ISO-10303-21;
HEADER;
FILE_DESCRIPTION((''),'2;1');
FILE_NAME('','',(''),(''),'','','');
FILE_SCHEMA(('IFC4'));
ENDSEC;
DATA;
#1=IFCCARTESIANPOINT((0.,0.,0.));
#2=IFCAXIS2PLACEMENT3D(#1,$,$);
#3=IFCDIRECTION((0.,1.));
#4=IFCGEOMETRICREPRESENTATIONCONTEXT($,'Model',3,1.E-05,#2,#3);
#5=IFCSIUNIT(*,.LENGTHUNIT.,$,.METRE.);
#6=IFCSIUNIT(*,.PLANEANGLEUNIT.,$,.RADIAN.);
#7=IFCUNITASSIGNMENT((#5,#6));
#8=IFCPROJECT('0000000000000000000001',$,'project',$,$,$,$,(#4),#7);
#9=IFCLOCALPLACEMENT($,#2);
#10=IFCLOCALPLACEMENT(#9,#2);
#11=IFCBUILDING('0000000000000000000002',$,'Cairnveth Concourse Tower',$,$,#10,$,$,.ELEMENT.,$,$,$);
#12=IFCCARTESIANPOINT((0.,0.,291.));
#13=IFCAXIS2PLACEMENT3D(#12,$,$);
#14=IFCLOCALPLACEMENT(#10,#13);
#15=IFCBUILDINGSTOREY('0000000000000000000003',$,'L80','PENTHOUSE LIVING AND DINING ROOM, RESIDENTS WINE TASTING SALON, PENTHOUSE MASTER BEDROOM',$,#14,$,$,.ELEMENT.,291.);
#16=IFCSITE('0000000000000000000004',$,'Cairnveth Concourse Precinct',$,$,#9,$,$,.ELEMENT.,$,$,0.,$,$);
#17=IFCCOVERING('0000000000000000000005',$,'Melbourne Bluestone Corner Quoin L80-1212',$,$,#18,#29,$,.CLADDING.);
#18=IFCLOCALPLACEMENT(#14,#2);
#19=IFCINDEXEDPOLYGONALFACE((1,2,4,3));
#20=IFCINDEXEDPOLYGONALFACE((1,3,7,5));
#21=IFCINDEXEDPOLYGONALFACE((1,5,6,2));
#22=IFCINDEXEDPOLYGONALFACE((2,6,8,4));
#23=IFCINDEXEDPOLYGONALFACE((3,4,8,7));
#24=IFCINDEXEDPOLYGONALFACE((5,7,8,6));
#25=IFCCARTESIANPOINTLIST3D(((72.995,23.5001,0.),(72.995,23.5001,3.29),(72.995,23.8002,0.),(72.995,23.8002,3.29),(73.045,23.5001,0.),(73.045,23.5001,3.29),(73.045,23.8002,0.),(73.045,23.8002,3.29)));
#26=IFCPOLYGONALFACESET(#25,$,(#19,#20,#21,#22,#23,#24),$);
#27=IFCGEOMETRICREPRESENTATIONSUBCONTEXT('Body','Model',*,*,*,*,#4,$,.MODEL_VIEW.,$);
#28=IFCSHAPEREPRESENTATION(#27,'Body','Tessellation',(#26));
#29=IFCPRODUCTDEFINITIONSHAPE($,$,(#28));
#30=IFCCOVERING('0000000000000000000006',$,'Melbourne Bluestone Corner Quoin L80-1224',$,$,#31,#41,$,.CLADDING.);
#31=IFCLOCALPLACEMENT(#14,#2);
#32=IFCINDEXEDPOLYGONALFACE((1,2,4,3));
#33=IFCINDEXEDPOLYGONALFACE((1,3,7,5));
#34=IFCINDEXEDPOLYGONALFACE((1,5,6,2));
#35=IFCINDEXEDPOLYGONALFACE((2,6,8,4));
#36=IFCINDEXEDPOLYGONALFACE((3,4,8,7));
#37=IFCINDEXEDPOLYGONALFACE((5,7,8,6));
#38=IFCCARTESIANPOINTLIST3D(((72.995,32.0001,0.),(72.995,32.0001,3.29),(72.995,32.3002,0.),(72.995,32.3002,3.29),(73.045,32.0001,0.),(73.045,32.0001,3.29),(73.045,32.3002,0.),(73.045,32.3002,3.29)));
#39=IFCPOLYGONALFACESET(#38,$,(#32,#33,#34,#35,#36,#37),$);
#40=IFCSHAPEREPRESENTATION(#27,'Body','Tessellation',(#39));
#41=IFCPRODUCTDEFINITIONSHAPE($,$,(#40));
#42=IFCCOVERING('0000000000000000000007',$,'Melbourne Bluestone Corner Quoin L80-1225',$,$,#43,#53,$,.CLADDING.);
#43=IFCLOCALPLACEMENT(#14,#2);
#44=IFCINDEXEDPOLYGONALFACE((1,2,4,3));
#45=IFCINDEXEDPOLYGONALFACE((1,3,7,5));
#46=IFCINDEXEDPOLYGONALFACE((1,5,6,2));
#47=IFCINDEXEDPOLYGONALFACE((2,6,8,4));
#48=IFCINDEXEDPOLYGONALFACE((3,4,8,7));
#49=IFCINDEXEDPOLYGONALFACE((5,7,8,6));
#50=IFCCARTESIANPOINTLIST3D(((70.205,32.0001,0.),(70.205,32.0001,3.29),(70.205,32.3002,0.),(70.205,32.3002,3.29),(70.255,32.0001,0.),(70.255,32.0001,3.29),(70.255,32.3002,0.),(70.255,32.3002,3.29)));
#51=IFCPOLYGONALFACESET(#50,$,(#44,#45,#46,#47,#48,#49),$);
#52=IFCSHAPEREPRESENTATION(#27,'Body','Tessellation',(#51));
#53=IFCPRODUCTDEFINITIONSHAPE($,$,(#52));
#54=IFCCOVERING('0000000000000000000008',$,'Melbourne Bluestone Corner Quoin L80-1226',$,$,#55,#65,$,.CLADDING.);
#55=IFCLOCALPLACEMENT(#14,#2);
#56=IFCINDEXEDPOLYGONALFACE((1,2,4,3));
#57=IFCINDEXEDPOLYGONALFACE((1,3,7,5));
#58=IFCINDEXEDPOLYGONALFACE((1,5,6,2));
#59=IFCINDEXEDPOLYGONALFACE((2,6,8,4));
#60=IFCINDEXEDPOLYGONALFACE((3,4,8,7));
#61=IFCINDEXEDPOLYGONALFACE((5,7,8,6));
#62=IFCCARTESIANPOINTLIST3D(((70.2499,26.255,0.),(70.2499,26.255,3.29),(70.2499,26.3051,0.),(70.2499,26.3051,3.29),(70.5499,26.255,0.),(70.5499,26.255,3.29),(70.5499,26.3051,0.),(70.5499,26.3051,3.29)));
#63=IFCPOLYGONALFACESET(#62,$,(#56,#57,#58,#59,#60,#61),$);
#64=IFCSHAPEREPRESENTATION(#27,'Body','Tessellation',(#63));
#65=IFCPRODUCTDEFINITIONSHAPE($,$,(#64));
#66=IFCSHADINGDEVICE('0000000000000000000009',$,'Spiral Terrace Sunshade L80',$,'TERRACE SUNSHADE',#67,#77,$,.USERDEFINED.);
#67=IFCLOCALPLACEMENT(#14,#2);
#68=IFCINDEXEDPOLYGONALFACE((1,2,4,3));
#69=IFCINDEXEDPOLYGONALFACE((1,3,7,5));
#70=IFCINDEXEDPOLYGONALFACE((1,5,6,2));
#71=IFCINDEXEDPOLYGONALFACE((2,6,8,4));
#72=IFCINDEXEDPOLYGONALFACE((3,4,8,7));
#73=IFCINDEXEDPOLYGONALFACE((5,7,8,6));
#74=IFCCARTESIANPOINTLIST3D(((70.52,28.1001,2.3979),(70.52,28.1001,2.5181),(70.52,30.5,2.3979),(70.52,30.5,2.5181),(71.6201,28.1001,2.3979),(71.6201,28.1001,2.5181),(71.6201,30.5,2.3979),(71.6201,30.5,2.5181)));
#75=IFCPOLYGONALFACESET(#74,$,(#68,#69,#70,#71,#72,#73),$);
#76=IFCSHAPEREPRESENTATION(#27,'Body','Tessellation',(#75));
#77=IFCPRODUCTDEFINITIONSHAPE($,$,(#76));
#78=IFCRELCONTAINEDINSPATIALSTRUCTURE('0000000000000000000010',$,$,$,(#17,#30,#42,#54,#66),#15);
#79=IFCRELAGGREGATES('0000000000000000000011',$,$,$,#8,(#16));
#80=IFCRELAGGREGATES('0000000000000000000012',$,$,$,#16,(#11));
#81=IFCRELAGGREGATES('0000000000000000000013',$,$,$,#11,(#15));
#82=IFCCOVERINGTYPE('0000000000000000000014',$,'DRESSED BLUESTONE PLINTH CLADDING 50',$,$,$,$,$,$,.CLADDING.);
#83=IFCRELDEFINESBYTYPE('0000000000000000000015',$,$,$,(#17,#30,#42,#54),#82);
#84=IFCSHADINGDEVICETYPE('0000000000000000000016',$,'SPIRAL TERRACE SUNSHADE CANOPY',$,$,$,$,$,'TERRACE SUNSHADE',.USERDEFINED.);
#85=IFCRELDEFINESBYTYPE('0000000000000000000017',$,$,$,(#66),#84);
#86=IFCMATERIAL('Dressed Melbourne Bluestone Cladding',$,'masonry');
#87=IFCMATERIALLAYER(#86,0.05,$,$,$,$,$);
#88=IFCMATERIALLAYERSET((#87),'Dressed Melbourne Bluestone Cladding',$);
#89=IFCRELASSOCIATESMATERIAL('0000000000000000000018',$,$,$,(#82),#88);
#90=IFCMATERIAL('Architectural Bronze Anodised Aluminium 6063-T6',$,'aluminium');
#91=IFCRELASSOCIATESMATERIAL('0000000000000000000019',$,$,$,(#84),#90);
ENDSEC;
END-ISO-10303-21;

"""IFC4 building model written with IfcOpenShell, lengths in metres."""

from ifc_helpers import new_model, si_unit, direction, frame, frame_2d, origin, origin_2d, place, context, subcontext, project, spatial, rectangle, extrude, material, layer, layer_set, type_object, element, save


model = new_model("IFC4")

# Units and contexts
model_context = context("Model", 3, precision=1e-05, world=origin(), true_north=direction((0.0, 1.0)))
body_context = subcontext(model_context, "Body", "Model", "MODEL_VIEW")
ifc_project = project(units=[si_unit("LENGTHUNIT", "METRE"), si_unit("PLANEANGLEUNIT", "RADIAN")], contexts=[model_context])

# Site, building, storey
site_placement = place(None, origin())
site = spatial("IfcSite", under=ifc_project, at=site_placement, Name="Cairnveth Concourse Precinct", CompositionType="ELEMENT", RefElevation=0.0)
building_placement = place(site_placement, origin())
building = spatial("IfcBuilding", under=site, at=building_placement, Name="Cairnveth Concourse Tower", CompositionType="ELEMENT")
storey_placement = place(building_placement, frame((0.0, 0.0, 291.0)))
storey = spatial("IfcBuildingStorey", under=building, at=storey_placement, Name="L80", Description="PENTHOUSE LIVING AND DINING ROOM, RESIDENTS WINE TASTING SALON, PENTHOUSE MASTER BEDROOM", CompositionType="ELEMENT", Elevation=291.0)

# Shared definitions
ifc_material_1 = material(Name="Dressed Melbourne Bluestone Cladding", Category="masonry")

# Shared definitions
ifc_material_2 = material(Name="Architectural Bronze Anodised Aluminium 6063-T6", Category="aluminium")

# Coverings
ifc_layer_1 = layer(ifc_material_1, 0.05)
ifc_layer_set_1 = layer_set([ifc_layer_1], Name="Dressed Melbourne Bluestone Cladding")
covering_type = type_object("IfcCoveringType", Name="DRESSED BLUESTONE PLINTH CLADDING 50", PredefinedType="CLADDING", material=ifc_layer_set_1)
for number, where, z_axis, x_axis, name in (
    (1, (73.02, 23.8, 0.0), (0.0, 0.0, 1.0), (0.0, -1.0, 0.0), "Melbourne Bluestone Corner Quoin L80-1212"),
    (2, (73.02, 32.3, 0.0), (0.0, 0.0, 1.0), (0.0, -1.0, 0.0), "Melbourne Bluestone Corner Quoin L80-1224"),
    (3, (70.23, 32.3, 0.0), (0.0, 0.0, 1.0), (0.0, -1.0, 0.0), "Melbourne Bluestone Corner Quoin L80-1225"),
    (4, (70.25, 26.28, 0.0), (0.0, 0.0, 1.0), (1.0, 0.0, 0.0), "Melbourne Bluestone Corner Quoin L80-1226"),
):
    element("IfcCovering", number, at=place(storey_placement, frame(where, z_axis=z_axis, x_axis=x_axis)), inside=storey, type_object=covering_type, Name=name, PredefinedType="CLADDING", context=body_context, shape_type="SweptSolid", body=[
        extrude(rectangle(XDim=0.3, YDim=0.05, at=frame_2d((0.1499, 0.0))), origin(), (0.0, 0.0, 1.0), 3.29),
    ])

# Shading device
shading_device_type = type_object("IfcShadingDeviceType", Name="SPIRAL TERRACE SUNSHADE CANOPY", ElementType="TERRACE SUNSHADE", PredefinedType="USERDEFINED", material=ifc_material_2)
shading_device_placement = place(storey_placement, frame((71.0701, 29.3, 2.3979), z_axis=(0.0, 0.0, 1.0), x_axis=(1.0, 0.0, 0.0)))
element("IfcShadingDevice", 5, at=shading_device_placement, inside=storey, type_object=shading_device_type, Name="Spiral Terrace Sunshade L80", ObjectType="TERRACE SUNSHADE", PredefinedType="USERDEFINED", context=body_context, shape_type="SweptSolid", body=[
    extrude(rectangle(XDim=1.1001, YDim=2.3999, at=origin_2d()), origin(), (0.0, 0.0, 1.0), 0.1201),
])

save(model, "model.ifc")
